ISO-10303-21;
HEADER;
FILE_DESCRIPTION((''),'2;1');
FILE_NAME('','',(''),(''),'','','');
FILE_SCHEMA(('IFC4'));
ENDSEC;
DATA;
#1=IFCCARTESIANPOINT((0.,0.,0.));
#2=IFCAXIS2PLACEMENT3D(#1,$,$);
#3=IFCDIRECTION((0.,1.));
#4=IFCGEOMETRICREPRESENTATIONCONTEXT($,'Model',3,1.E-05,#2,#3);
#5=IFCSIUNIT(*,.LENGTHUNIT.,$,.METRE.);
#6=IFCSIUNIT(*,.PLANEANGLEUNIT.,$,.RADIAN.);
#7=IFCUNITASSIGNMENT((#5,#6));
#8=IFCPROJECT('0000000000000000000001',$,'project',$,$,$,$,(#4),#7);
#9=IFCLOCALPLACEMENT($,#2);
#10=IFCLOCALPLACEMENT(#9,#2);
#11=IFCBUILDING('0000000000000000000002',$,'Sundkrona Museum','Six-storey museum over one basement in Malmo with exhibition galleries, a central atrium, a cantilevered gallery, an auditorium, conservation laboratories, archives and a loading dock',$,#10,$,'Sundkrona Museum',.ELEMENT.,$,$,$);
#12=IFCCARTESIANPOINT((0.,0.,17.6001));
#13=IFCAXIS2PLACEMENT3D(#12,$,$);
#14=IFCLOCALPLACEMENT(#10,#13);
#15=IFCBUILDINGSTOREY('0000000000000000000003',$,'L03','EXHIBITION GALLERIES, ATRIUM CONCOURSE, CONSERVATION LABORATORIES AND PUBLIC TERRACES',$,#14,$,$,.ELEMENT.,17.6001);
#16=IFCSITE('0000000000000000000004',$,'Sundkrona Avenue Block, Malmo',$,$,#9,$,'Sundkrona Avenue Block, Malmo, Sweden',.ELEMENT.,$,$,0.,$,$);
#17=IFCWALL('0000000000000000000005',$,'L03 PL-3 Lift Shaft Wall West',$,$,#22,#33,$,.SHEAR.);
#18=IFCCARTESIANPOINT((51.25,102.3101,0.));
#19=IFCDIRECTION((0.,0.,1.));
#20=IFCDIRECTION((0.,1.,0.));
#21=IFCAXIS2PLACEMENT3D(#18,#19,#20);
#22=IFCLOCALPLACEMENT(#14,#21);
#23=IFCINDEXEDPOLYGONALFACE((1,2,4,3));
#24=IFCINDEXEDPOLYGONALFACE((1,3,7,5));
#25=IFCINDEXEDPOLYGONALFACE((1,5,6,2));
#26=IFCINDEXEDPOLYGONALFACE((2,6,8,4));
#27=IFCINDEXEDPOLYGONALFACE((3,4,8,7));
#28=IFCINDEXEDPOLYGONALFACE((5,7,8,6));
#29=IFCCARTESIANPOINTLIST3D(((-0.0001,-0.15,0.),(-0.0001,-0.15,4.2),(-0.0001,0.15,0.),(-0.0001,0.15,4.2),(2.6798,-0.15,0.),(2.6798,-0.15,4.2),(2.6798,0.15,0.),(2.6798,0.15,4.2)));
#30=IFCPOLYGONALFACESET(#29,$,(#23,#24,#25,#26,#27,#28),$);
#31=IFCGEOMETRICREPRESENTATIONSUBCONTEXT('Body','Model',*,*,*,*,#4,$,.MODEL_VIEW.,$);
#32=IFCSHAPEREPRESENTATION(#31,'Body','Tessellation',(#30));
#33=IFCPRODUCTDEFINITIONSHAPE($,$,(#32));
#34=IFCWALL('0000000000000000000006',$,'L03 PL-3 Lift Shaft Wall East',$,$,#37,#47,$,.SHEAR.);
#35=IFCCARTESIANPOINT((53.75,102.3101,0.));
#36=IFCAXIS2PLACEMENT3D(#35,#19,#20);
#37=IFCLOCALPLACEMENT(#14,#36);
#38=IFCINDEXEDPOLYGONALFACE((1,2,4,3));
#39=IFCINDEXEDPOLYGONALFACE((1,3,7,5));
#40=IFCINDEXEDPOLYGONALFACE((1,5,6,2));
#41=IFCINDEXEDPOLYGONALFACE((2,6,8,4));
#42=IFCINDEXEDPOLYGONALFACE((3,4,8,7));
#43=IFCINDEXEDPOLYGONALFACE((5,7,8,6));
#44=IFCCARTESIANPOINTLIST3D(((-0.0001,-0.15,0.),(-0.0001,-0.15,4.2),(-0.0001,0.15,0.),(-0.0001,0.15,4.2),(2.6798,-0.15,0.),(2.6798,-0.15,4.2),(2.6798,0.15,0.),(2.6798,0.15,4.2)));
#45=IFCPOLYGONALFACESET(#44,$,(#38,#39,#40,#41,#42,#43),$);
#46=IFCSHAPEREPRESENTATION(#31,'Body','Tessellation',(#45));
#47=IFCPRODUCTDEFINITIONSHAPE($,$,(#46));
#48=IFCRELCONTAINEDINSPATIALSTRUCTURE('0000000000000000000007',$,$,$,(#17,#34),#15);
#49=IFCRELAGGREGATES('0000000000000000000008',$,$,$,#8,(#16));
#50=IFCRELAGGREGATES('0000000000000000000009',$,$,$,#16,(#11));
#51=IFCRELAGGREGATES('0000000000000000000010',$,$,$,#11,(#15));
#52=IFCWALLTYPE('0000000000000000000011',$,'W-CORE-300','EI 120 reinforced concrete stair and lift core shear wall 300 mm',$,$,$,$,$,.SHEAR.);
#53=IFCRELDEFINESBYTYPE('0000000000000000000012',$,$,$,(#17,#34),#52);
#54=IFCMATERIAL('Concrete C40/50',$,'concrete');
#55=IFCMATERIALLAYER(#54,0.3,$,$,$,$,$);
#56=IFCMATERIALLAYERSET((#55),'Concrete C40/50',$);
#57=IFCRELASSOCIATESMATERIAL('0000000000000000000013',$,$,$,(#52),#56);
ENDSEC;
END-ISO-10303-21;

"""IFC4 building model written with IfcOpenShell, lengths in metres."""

from ifc_helpers import new_model, si_unit, direction, frame, frame_2d, origin, place, context, subcontext, project, spatial, rectangle, extrude, material, layer, layer_set, type_object, element, save


model = new_model("IFC4")

# Units and contexts
model_context = context("Model", 3, precision=1e-05, world=origin(), true_north=direction((0.0, 1.0)))
body_context = subcontext(model_context, "Body", "Model", "MODEL_VIEW")
ifc_project = project(units=[si_unit("LENGTHUNIT", "METRE"), si_unit("PLANEANGLEUNIT", "RADIAN")], contexts=[model_context])

# Site, building, storey
site_placement = place(None, origin())
site = spatial("IfcSite", under=ifc_project, at=site_placement, Name="Sundkrona Avenue Block, Malmo", LongName="Sundkrona Avenue Block, Malmo, Sweden", CompositionType="ELEMENT", RefElevation=0.0)
building_placement = place(site_placement, origin())
building = spatial("IfcBuilding", under=site, at=building_placement, Name="Sundkrona Museum", Description="Six-storey museum over one basement in Malmo with exhibition galleries, a central atrium, a cantilevered gallery, an auditorium, conservation laboratories, archives and a loading dock", LongName="Sundkrona Museum", CompositionType="ELEMENT")
storey_placement = place(building_placement, frame((0.0, 0.0, 17.6001)))
storey = spatial("IfcBuildingStorey", under=building, at=storey_placement, Name="L03", Description="EXHIBITION GALLERIES, ATRIUM CONCOURSE, CONSERVATION LABORATORIES AND PUBLIC TERRACES", CompositionType="ELEMENT", Elevation=17.6001)

# Shared definitions
ifc_material_1 = material(Name="Concrete C40/50", Category="concrete")
ifc_layer_1 = layer(ifc_material_1, 0.3)
ifc_layer_set_1 = layer_set([ifc_layer_1], Name="Concrete C40/50")
wall_type_1 = type_object("IfcWallType", Name="W-CORE-300", Description="EI 120 reinforced concrete stair and lift core shear wall 300 mm", PredefinedType="SHEAR", material=ifc_layer_set_1)

# Walls
for number, where, z_axis, x_axis, name in (
    (1, (51.25, 102.3101, 0.0), (0.0, 0.0, 1.0), (0.0, 1.0, 0.0), "L03 PL-3 Lift Shaft Wall West"),
    (2, (53.75, 102.3101, 0.0), (0.0, 0.0, 1.0), (0.0, 1.0, 0.0), "L03 PL-3 Lift Shaft Wall East"),
):
    element("IfcWall", number, at=place(storey_placement, frame(where, z_axis=z_axis, x_axis=x_axis)), inside=storey, type_object=wall_type_1, Name=name, PredefinedType="SHEAR", context=body_context, shape_type="SweptSolid", body=[
        extrude(rectangle(XDim=2.6799, YDim=0.3, at=frame_2d((1.3398, 0.0))), origin(), (0.0, 0.0, 1.0), 4.2),
    ])

save(model, "model.ifc")
